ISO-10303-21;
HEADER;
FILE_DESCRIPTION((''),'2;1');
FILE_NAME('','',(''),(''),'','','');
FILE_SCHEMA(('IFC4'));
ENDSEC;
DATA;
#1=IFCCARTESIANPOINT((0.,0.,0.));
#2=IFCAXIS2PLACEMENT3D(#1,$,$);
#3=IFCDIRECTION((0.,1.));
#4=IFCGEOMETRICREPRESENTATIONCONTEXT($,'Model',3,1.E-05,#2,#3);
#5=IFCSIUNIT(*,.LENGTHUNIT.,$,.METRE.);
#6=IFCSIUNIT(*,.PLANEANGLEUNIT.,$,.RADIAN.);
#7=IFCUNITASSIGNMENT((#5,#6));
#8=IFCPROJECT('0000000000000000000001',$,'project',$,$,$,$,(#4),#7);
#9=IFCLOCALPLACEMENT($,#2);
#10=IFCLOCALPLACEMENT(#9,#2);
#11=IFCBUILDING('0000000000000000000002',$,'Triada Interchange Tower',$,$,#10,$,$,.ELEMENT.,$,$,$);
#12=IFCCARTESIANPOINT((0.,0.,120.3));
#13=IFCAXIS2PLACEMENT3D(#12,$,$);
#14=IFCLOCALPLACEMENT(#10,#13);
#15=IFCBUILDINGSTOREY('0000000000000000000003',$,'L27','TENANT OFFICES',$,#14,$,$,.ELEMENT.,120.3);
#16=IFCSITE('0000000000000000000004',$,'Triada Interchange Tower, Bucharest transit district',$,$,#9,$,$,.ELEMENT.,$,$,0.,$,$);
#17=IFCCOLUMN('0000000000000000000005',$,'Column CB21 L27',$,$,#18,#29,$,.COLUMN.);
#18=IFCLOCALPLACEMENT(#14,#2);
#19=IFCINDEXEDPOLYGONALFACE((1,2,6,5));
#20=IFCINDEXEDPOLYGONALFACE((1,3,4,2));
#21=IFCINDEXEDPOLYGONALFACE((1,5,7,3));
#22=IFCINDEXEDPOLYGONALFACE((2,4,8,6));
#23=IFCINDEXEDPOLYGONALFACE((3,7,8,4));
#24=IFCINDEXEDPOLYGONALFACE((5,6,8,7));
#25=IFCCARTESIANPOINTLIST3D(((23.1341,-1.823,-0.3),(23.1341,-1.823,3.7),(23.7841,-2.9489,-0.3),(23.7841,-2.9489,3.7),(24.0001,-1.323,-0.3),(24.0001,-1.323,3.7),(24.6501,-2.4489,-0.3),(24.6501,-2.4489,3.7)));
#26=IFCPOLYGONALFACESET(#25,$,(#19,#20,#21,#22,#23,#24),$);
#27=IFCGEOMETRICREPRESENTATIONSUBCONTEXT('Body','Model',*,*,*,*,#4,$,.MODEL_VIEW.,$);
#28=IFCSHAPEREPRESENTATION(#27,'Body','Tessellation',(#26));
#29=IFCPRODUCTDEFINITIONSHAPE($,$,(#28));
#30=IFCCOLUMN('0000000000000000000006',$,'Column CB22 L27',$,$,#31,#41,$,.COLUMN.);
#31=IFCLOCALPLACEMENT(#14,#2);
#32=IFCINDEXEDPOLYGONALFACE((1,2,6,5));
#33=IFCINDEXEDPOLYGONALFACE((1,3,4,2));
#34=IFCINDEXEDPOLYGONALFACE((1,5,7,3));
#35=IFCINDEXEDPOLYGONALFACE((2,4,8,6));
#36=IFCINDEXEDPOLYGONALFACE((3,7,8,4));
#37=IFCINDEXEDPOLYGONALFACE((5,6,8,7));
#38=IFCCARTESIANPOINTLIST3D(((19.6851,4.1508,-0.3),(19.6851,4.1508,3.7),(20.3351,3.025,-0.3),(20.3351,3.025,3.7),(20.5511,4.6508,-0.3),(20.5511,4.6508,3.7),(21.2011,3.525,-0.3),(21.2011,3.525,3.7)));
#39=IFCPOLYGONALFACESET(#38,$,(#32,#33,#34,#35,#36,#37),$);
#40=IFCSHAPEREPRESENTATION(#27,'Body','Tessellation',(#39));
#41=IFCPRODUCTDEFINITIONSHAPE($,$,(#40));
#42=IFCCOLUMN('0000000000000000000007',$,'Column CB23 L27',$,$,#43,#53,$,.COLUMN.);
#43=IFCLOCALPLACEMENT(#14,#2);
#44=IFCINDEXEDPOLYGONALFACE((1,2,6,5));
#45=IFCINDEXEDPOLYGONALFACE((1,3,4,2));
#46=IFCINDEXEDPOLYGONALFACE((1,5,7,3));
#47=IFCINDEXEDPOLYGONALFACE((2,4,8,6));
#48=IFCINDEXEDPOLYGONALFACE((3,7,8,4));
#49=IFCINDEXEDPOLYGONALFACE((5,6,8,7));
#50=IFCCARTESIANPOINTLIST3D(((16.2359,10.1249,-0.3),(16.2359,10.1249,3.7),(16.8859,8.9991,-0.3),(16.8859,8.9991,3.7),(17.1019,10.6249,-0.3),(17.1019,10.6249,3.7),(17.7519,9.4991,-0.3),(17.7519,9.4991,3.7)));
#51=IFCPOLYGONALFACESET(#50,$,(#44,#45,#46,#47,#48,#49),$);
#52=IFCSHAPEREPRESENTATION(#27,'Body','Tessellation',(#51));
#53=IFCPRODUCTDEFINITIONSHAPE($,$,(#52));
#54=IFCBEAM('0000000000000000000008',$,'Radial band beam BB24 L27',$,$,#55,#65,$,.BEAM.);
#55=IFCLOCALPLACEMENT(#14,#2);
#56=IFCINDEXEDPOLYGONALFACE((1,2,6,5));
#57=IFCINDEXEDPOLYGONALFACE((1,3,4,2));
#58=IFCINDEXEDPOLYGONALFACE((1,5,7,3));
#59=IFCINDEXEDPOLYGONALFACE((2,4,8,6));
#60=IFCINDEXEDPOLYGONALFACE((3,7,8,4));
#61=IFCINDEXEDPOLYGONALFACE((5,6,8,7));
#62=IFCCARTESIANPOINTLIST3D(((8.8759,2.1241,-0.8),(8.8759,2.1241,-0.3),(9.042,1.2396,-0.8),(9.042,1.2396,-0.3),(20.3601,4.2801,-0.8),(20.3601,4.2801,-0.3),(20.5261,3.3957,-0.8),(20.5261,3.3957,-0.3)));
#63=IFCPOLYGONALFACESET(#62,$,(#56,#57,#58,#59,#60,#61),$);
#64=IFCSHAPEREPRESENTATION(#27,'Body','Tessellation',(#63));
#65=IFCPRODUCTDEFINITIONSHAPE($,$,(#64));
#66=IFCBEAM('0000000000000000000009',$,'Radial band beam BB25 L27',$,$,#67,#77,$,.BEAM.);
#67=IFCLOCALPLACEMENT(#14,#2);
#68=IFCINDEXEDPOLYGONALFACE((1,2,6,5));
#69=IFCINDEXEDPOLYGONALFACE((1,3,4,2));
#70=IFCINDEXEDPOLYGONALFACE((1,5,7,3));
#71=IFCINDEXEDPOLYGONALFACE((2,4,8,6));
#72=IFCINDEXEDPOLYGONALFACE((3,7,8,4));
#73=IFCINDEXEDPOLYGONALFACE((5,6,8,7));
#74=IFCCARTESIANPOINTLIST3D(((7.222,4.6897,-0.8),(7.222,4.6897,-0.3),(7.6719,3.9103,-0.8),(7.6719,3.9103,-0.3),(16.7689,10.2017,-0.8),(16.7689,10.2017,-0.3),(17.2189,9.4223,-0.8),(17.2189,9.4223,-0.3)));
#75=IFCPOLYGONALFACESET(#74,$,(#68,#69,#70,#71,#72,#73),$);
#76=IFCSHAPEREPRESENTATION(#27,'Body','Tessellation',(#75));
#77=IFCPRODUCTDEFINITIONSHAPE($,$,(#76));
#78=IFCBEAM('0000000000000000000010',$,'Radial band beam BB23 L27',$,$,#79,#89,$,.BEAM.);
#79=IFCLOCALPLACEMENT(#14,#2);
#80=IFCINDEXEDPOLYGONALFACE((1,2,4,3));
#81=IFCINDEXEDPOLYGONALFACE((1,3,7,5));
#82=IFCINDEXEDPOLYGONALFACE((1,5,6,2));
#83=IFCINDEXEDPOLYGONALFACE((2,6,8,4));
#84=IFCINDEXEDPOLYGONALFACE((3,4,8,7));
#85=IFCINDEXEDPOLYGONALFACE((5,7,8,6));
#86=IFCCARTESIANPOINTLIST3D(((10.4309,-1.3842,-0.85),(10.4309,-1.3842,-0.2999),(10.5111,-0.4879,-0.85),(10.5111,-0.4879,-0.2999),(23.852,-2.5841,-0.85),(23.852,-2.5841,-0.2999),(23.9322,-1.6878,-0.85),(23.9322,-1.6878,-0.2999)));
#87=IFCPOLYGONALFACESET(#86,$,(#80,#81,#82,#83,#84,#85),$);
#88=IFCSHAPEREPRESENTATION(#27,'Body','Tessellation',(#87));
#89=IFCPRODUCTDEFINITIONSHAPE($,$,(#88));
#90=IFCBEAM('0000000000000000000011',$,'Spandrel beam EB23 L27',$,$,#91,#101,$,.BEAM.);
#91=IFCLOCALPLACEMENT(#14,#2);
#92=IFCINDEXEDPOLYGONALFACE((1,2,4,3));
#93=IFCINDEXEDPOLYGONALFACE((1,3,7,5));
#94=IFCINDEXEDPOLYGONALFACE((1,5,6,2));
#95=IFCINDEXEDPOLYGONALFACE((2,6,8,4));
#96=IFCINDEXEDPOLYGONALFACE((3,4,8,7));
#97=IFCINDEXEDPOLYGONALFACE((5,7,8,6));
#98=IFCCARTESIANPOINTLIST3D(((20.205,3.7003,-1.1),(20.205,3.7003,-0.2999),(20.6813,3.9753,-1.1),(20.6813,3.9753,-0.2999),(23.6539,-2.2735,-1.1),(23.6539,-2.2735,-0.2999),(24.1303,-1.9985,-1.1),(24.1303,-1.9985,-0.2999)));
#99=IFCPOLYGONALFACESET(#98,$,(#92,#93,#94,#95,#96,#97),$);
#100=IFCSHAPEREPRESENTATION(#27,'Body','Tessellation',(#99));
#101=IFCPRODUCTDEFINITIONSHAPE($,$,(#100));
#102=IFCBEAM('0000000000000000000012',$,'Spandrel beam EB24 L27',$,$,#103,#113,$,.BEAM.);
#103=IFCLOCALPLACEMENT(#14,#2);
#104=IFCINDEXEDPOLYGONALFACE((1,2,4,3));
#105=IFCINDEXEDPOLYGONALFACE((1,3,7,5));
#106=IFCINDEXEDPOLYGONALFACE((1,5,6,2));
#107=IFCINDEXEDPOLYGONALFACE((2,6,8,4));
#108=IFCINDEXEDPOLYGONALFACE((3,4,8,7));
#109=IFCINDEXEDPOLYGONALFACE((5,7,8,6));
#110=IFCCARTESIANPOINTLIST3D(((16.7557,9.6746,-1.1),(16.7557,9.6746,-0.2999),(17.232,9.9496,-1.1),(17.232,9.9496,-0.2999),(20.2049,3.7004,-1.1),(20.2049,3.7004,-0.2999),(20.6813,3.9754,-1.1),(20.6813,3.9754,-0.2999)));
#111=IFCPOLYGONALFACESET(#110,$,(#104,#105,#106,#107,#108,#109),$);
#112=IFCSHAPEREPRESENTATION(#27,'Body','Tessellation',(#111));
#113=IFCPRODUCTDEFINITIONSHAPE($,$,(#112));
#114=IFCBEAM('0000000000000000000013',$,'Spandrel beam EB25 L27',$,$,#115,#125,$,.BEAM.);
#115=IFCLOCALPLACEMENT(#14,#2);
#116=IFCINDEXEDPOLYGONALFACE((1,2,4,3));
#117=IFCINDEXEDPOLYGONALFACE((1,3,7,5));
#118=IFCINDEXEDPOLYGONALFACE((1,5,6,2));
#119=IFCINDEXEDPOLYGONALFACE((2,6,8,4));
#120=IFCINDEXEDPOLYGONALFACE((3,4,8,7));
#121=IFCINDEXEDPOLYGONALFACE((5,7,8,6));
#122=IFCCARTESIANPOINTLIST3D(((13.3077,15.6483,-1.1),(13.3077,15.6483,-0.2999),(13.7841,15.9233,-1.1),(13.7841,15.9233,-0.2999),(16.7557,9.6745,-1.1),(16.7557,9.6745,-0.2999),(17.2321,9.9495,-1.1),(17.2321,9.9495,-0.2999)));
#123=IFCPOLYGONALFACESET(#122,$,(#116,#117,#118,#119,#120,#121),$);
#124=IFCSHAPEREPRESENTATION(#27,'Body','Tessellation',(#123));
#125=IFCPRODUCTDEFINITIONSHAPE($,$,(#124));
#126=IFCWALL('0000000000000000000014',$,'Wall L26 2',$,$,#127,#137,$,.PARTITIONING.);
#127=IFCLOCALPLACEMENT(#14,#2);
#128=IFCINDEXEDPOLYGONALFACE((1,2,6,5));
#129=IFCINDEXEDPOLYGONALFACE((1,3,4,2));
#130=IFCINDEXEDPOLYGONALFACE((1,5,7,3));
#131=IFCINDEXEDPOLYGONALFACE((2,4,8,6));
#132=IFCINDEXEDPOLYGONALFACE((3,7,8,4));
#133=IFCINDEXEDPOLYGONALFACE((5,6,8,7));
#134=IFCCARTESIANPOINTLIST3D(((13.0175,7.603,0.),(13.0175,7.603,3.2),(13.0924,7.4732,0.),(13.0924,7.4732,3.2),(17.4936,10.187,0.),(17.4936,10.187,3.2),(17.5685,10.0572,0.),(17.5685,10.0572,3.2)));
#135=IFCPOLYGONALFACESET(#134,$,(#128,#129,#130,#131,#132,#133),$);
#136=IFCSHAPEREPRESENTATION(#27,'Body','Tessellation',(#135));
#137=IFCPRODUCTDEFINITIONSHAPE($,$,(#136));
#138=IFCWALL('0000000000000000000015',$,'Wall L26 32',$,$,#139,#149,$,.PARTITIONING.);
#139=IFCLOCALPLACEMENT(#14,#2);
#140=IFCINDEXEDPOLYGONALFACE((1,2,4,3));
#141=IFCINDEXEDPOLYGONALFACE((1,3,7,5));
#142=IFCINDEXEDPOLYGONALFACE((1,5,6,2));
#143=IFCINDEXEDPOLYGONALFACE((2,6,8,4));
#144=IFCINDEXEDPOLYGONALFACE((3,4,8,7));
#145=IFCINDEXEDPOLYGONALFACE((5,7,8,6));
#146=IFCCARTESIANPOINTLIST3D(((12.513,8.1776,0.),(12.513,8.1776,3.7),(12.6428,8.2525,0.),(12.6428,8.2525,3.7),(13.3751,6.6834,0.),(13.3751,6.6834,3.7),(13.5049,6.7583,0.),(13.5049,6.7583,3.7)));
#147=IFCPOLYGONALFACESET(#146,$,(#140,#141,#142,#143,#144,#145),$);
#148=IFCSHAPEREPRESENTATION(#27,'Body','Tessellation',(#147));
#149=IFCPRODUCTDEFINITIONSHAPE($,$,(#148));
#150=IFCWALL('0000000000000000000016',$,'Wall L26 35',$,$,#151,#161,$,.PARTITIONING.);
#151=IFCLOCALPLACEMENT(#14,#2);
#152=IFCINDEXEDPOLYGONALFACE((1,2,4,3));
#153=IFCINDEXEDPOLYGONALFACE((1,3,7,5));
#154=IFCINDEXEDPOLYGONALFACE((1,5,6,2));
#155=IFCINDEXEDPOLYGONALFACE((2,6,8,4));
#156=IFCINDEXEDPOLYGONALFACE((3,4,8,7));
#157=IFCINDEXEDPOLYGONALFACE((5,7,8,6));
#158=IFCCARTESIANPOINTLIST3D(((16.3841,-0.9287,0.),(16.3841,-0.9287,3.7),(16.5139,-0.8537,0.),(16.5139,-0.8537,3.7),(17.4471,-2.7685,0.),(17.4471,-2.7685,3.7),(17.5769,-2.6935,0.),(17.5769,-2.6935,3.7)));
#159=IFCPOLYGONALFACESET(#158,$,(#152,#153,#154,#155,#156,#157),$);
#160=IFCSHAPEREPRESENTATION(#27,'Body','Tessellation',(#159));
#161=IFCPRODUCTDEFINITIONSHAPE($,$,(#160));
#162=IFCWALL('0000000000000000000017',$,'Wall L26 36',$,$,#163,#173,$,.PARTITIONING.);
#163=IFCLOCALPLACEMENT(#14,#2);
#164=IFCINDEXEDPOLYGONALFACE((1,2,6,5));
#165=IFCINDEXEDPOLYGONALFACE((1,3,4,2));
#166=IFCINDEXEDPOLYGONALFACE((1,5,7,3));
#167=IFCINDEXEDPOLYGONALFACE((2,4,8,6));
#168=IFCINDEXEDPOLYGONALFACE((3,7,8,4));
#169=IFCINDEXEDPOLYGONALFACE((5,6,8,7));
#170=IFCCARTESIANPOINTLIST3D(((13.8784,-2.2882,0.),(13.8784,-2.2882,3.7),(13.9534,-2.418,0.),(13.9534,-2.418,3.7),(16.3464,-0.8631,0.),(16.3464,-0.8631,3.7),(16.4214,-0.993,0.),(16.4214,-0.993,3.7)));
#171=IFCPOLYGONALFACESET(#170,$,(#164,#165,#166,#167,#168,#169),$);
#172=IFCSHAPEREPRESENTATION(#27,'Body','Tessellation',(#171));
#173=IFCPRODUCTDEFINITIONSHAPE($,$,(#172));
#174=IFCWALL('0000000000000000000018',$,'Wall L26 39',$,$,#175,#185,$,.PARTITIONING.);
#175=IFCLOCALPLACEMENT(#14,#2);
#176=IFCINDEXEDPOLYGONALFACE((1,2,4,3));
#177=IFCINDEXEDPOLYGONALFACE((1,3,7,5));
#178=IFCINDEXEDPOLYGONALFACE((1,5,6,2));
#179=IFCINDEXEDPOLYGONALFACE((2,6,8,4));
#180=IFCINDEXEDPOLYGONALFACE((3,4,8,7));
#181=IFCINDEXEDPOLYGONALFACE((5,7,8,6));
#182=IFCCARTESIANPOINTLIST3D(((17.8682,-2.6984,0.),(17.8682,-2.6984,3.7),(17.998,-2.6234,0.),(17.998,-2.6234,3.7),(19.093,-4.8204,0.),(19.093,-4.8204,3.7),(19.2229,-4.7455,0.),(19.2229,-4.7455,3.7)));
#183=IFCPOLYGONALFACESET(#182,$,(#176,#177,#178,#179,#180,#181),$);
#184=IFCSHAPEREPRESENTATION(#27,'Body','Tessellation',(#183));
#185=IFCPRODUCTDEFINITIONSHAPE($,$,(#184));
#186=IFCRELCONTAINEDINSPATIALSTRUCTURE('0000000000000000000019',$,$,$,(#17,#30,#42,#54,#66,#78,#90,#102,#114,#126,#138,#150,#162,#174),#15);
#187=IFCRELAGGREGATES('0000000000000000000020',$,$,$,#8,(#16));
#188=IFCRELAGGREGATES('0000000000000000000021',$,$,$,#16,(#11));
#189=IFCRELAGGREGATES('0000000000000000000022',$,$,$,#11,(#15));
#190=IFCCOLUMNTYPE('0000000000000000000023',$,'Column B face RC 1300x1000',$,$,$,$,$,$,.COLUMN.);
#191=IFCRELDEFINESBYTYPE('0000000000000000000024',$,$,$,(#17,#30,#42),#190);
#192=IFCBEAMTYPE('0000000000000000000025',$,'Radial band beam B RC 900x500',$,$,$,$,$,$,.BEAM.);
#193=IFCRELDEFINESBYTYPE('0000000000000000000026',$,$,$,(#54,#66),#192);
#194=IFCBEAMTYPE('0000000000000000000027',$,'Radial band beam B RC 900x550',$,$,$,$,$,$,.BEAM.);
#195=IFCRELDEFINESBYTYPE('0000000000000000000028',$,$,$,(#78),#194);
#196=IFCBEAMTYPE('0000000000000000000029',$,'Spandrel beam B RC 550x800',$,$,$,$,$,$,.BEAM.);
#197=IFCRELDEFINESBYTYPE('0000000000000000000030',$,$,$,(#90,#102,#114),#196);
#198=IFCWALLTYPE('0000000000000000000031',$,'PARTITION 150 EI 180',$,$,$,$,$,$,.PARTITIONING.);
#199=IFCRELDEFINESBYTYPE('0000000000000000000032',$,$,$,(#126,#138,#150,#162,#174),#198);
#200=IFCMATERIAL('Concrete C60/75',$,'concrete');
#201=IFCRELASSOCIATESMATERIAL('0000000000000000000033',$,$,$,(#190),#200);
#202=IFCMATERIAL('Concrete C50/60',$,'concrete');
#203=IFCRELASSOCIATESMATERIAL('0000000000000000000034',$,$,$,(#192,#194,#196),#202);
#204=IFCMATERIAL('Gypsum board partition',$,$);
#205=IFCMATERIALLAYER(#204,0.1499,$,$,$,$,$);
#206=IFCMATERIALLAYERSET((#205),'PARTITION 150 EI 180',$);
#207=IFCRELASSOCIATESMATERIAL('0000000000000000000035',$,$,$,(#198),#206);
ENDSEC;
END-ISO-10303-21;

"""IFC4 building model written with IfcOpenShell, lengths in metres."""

from ifc_helpers import new_model, si_unit, direction, frame, frame_2d, origin, origin_2d, place, context, subcontext, project, spatial, rectangle, extrude, material, layer, layer_set, material_profile, profile_set, type_object, element, save


model = new_model("IFC4")

# Units and contexts
model_context = context("Model", 3, precision=1e-05, world=origin(), true_north=direction((0.0, 1.0)))
body_context = subcontext(model_context, "Body", "Model", "MODEL_VIEW")
ifc_project = project(units=[si_unit("LENGTHUNIT", "METRE"), si_unit("PLANEANGLEUNIT", "RADIAN")], contexts=[model_context])

# Site, building, storey
site_placement = place(None, origin())
site = spatial("IfcSite", under=ifc_project, at=site_placement, Name="Triada Interchange Tower, Bucharest transit district", CompositionType="ELEMENT", RefElevation=0.0)
building_placement = place(site_placement, origin())
building = spatial("IfcBuilding", under=site, at=building_placement, Name="Triada Interchange Tower", CompositionType="ELEMENT")
storey_placement = place(building_placement, frame((0.0, 0.0, 120.3)))
storey = spatial("IfcBuildingStorey", under=building, at=storey_placement, Name="L27", Description="TENANT OFFICES", CompositionType="ELEMENT", Elevation=120.3)

# Columns
ifc_material_1 = material(Name="Concrete C60/75", Category="concrete")
ifc_material_profile_1 = material_profile(ifc_material_1, rectangle(XDim=1.3, YDim=1.0, at=origin_2d()), Name="RC 1300x1000")
ifc_profile_set_1 = profile_set([ifc_material_profile_1], Name="Concrete C60/75")
column_type = type_object("IfcColumnType", Name="Column B face RC 1300x1000", PredefinedType="COLUMN", material=ifc_profile_set_1)
for number, where, z_axis, x_axis, name in (
    (1, (23.8921, -2.136, -0.3), (0.0, 0.0, 1.0), (-0.5, 0.866025, 0.0), "Column CB21 L27"),
    (2, (20.4431, 3.8379, -0.3), (0.0, 0.0, 1.0), (-0.5, 0.866025, 0.0), "Column CB22 L27"),
    (3, (16.9939, 9.812, -0.3), (0.0, 0.0, 1.0), (-0.5, 0.866025, 0.0), "Column CB23 L27"),
):
    element("IfcColumn", number, at=place(storey_placement, frame(where, z_axis=z_axis, x_axis=x_axis)), inside=storey, type_object=column_type, Name=name, PredefinedType="COLUMN", context=body_context, shape_type="SweptSolid", body=[
        extrude(rectangle(XDim=1.3, YDim=1.0, at=origin_2d()), origin(), (0.0, 0.0, 1.0), 4.0),
    ])

# Beams
ifc_material_2 = material(Name="Concrete C50/60", Category="concrete")
ifc_material_profile_2 = material_profile(ifc_material_2, rectangle(XDim=0.8999, YDim=0.5, at=origin_2d()), Name="RC 900x500")
ifc_profile_set_2 = profile_set([ifc_material_profile_2], Name="Concrete C50/60")
beam_type_1 = type_object("IfcBeamType", Name="Radial band beam B RC 900x500", PredefinedType="BEAM", material=ifc_profile_set_2)
beam_1_placement = place(storey_placement, frame((20.4431, 3.8379, -0.55), z_axis=(-0.98283, -0.184514, 0.0), x_axis=(0.184514, -0.98283, 0.0)))
element("IfcBeam", 4, at=beam_1_placement, inside=storey, type_object=beam_type_1, Name="Radial band beam BB24 L27", PredefinedType="BEAM", context=body_context, shape_type="SweptSolid", body=[
    extrude(rectangle(XDim=0.8999, YDim=0.5, at=origin_2d()), origin(), (0.0, 0.0, 1.0), 11.6848),
])
beam_2_placement = place(storey_placement, frame((16.9939, 9.812, -0.55), z_axis=(-0.866023, -0.500005, 0.0), x_axis=(0.500005, -0.866023, 0.0)))
element("IfcBeam", 5, at=beam_2_placement, inside=storey, type_object=beam_type_1, Name="Radial band beam BB25 L27", PredefinedType="BEAM", context=body_context, shape_type="SweptSolid", body=[
    extrude(rectangle(XDim=0.8999, YDim=0.5, at=origin_2d()), origin(), (0.0, 0.0, 1.0), 11.0239),
])
ifc_material_profile_3 = material_profile(ifc_material_2, rectangle(XDim=0.8999, YDim=0.55, at=origin_2d()), Name="RC 900x550")
ifc_profile_set_3 = profile_set([ifc_material_profile_3], Name="Concrete C50/60")
beam_type_2 = type_object("IfcBeamType", Name="Radial band beam B RC 900x550", PredefinedType="BEAM", material=ifc_profile_set_3)
beam_3_placement = place(storey_placement, frame((23.8921, -2.136, -0.575), z_axis=(-0.996027, 0.089052, 0.0), x_axis=(-0.089052, -0.996027, 0.0)))
element("IfcBeam", 6, at=beam_3_placement, inside=storey, type_object=beam_type_2, Name="Radial band beam BB23 L27", PredefinedType="BEAM", context=body_context, shape_type="SweptSolid", body=[
    extrude(rectangle(XDim=0.8999, YDim=0.55, at=origin_2d()), origin(), (0.0, 0.0, 1.0), 13.4746),
])
ifc_material_profile_4 = material_profile(ifc_material_2, rectangle(XDim=0.55, YDim=0.8, at=origin_2d()), Name="RC 550x800")
ifc_profile_set_4 = profile_set([ifc_material_profile_4], Name="Concrete C50/60")
beam_type_3 = type_object("IfcBeamType", Name="Spandrel beam B RC 550x800", PredefinedType="BEAM", material=ifc_profile_set_4)
beam_4_placement = place(storey_placement, frame((23.8921, -2.136, -0.7), z_axis=(-0.499995, 0.866028, 0.0), x_axis=(-0.866028, -0.499995, 0.0)))
element("IfcBeam", 7, at=beam_4_placement, inside=storey, type_object=beam_type_3, Name="Spandrel beam EB23 L27", PredefinedType="BEAM", context=body_context, shape_type="SweptSolid", body=[
    extrude(rectangle(XDim=0.55, YDim=0.8, at=origin_2d()), origin(), (0.0, 0.0, 1.0), 6.8979),
])
beam_5_placement = place(storey_placement, frame((20.4431, 3.8379, -0.7), z_axis=(-0.500006, 0.866022, 0.0), x_axis=(-0.866022, -0.500006, 0.0)))
element("IfcBeam", 8, at=beam_5_placement, inside=storey, type_object=beam_type_3, Name="Spandrel beam EB24 L27", PredefinedType="BEAM", context=body_context, shape_type="SweptSolid", body=[
    extrude(rectangle(XDim=0.55, YDim=0.8, at=origin_2d()), origin(), (0.0, 0.0, 1.0), 6.8984),
])
beam_6_placement = place(storey_placement, frame((16.9939, 9.812, -0.7), z_axis=(-0.499889, 0.86609, 0.0), x_axis=(-0.86609, -0.499889, 0.0)))
element("IfcBeam", 9, at=beam_6_placement, inside=storey, type_object=beam_type_3, Name="Spandrel beam EB25 L27", PredefinedType="BEAM", context=body_context, shape_type="SweptSolid", body=[
    extrude(rectangle(XDim=0.55, YDim=0.8, at=origin_2d()), origin(), (0.0, 0.0, 1.0), 6.8975),
])

# Walls
ifc_material_3 = material(Name="Gypsum board partition")
ifc_layer_1 = layer(ifc_material_3, 0.1499)
ifc_layer_set_1 = layer_set([ifc_layer_1], Name="PARTITION 150 EI 180")
wall_type = type_object("IfcWallType", Name="PARTITION 150 EI 180", PredefinedType="PARTITIONING", material=ifc_layer_set_1)
wall_1_placement = place(storey_placement, frame((13.0549, 7.5381, 0.0), z_axis=(0.0, 0.0, 1.0), x_axis=(0.866049, 0.49996, 0.0)))
element("IfcWall", 10, at=wall_1_placement, inside=storey, type_object=wall_type, Name="Wall L26 2", PredefinedType="PARTITIONING", context=body_context, shape_type="SweptSolid", body=[
    extrude(rectangle(XDim=5.1685, YDim=0.1499, at=frame_2d((2.5842, 0.0))), origin(), (0.0, 0.0, 1.0), 3.2),
])
wall_2_placement = place(storey_placement, frame((12.5779, 8.2151, 0.0), z_axis=(0.0, 0.0, 1.0), x_axis=(0.499747, -0.866171, 0.0)))
element("IfcWall", 11, at=wall_2_placement, inside=storey, type_object=wall_type, Name="Wall L26 32", PredefinedType="PARTITIONING", context=body_context, shape_type="SweptSolid", body=[
    extrude(rectangle(XDim=1.7251, YDim=0.1499, at=frame_2d((0.8625, 0.0))), origin(), (0.0, 0.0, 1.0), 3.7),
])
wall_3_placement = place(storey_placement, frame((16.449, -0.8911, 0.0), z_axis=(0.0, 0.0, 1.0), x_axis=(0.500266, -0.865872, 0.0)))
element("IfcWall", 12, at=wall_3_placement, inside=storey, type_object=wall_type, Name="Wall L26 35", PredefinedType="PARTITIONING", context=body_context, shape_type="SweptSolid", body=[
    extrude(rectangle(XDim=2.1248, YDim=0.1499, at=frame_2d((1.0625, 0.0))), origin(), (0.0, 0.0, 1.0), 3.7),
])
wall_4_placement = place(storey_placement, frame((13.916, -2.353, 0.0), z_axis=(0.0, 0.0, 1.0), x_axis=(0.866004, 0.500036, 0.0)))
element("IfcWall", 13, at=wall_4_placement, inside=storey, type_object=wall_type, Name="Wall L26 36", PredefinedType="PARTITIONING", context=body_context, shape_type="SweptSolid", body=[
    extrude(rectangle(XDim=2.8499, YDim=0.1499, at=frame_2d((1.4248, 0.0))), origin(), (0.0, 0.0, 1.0), 3.7),
])
wall_5_placement = place(storey_placement, frame((17.9331, -2.6609, 0.0), z_axis=(0.0, 0.0, 1.0), x_axis=(0.499901, -0.866083, 0.0)))
element("IfcWall", 14, at=wall_5_placement, inside=storey, type_object=wall_type, Name="Wall L26 39", PredefinedType="PARTITIONING", context=body_context, shape_type="SweptSolid", body=[
    extrude(rectangle(XDim=2.4502, YDim=0.1499, at=frame_2d((1.2251, 0.0))), origin(), (0.0, 0.0, 1.0), 3.7),
])

save(model, "model.ifc")
